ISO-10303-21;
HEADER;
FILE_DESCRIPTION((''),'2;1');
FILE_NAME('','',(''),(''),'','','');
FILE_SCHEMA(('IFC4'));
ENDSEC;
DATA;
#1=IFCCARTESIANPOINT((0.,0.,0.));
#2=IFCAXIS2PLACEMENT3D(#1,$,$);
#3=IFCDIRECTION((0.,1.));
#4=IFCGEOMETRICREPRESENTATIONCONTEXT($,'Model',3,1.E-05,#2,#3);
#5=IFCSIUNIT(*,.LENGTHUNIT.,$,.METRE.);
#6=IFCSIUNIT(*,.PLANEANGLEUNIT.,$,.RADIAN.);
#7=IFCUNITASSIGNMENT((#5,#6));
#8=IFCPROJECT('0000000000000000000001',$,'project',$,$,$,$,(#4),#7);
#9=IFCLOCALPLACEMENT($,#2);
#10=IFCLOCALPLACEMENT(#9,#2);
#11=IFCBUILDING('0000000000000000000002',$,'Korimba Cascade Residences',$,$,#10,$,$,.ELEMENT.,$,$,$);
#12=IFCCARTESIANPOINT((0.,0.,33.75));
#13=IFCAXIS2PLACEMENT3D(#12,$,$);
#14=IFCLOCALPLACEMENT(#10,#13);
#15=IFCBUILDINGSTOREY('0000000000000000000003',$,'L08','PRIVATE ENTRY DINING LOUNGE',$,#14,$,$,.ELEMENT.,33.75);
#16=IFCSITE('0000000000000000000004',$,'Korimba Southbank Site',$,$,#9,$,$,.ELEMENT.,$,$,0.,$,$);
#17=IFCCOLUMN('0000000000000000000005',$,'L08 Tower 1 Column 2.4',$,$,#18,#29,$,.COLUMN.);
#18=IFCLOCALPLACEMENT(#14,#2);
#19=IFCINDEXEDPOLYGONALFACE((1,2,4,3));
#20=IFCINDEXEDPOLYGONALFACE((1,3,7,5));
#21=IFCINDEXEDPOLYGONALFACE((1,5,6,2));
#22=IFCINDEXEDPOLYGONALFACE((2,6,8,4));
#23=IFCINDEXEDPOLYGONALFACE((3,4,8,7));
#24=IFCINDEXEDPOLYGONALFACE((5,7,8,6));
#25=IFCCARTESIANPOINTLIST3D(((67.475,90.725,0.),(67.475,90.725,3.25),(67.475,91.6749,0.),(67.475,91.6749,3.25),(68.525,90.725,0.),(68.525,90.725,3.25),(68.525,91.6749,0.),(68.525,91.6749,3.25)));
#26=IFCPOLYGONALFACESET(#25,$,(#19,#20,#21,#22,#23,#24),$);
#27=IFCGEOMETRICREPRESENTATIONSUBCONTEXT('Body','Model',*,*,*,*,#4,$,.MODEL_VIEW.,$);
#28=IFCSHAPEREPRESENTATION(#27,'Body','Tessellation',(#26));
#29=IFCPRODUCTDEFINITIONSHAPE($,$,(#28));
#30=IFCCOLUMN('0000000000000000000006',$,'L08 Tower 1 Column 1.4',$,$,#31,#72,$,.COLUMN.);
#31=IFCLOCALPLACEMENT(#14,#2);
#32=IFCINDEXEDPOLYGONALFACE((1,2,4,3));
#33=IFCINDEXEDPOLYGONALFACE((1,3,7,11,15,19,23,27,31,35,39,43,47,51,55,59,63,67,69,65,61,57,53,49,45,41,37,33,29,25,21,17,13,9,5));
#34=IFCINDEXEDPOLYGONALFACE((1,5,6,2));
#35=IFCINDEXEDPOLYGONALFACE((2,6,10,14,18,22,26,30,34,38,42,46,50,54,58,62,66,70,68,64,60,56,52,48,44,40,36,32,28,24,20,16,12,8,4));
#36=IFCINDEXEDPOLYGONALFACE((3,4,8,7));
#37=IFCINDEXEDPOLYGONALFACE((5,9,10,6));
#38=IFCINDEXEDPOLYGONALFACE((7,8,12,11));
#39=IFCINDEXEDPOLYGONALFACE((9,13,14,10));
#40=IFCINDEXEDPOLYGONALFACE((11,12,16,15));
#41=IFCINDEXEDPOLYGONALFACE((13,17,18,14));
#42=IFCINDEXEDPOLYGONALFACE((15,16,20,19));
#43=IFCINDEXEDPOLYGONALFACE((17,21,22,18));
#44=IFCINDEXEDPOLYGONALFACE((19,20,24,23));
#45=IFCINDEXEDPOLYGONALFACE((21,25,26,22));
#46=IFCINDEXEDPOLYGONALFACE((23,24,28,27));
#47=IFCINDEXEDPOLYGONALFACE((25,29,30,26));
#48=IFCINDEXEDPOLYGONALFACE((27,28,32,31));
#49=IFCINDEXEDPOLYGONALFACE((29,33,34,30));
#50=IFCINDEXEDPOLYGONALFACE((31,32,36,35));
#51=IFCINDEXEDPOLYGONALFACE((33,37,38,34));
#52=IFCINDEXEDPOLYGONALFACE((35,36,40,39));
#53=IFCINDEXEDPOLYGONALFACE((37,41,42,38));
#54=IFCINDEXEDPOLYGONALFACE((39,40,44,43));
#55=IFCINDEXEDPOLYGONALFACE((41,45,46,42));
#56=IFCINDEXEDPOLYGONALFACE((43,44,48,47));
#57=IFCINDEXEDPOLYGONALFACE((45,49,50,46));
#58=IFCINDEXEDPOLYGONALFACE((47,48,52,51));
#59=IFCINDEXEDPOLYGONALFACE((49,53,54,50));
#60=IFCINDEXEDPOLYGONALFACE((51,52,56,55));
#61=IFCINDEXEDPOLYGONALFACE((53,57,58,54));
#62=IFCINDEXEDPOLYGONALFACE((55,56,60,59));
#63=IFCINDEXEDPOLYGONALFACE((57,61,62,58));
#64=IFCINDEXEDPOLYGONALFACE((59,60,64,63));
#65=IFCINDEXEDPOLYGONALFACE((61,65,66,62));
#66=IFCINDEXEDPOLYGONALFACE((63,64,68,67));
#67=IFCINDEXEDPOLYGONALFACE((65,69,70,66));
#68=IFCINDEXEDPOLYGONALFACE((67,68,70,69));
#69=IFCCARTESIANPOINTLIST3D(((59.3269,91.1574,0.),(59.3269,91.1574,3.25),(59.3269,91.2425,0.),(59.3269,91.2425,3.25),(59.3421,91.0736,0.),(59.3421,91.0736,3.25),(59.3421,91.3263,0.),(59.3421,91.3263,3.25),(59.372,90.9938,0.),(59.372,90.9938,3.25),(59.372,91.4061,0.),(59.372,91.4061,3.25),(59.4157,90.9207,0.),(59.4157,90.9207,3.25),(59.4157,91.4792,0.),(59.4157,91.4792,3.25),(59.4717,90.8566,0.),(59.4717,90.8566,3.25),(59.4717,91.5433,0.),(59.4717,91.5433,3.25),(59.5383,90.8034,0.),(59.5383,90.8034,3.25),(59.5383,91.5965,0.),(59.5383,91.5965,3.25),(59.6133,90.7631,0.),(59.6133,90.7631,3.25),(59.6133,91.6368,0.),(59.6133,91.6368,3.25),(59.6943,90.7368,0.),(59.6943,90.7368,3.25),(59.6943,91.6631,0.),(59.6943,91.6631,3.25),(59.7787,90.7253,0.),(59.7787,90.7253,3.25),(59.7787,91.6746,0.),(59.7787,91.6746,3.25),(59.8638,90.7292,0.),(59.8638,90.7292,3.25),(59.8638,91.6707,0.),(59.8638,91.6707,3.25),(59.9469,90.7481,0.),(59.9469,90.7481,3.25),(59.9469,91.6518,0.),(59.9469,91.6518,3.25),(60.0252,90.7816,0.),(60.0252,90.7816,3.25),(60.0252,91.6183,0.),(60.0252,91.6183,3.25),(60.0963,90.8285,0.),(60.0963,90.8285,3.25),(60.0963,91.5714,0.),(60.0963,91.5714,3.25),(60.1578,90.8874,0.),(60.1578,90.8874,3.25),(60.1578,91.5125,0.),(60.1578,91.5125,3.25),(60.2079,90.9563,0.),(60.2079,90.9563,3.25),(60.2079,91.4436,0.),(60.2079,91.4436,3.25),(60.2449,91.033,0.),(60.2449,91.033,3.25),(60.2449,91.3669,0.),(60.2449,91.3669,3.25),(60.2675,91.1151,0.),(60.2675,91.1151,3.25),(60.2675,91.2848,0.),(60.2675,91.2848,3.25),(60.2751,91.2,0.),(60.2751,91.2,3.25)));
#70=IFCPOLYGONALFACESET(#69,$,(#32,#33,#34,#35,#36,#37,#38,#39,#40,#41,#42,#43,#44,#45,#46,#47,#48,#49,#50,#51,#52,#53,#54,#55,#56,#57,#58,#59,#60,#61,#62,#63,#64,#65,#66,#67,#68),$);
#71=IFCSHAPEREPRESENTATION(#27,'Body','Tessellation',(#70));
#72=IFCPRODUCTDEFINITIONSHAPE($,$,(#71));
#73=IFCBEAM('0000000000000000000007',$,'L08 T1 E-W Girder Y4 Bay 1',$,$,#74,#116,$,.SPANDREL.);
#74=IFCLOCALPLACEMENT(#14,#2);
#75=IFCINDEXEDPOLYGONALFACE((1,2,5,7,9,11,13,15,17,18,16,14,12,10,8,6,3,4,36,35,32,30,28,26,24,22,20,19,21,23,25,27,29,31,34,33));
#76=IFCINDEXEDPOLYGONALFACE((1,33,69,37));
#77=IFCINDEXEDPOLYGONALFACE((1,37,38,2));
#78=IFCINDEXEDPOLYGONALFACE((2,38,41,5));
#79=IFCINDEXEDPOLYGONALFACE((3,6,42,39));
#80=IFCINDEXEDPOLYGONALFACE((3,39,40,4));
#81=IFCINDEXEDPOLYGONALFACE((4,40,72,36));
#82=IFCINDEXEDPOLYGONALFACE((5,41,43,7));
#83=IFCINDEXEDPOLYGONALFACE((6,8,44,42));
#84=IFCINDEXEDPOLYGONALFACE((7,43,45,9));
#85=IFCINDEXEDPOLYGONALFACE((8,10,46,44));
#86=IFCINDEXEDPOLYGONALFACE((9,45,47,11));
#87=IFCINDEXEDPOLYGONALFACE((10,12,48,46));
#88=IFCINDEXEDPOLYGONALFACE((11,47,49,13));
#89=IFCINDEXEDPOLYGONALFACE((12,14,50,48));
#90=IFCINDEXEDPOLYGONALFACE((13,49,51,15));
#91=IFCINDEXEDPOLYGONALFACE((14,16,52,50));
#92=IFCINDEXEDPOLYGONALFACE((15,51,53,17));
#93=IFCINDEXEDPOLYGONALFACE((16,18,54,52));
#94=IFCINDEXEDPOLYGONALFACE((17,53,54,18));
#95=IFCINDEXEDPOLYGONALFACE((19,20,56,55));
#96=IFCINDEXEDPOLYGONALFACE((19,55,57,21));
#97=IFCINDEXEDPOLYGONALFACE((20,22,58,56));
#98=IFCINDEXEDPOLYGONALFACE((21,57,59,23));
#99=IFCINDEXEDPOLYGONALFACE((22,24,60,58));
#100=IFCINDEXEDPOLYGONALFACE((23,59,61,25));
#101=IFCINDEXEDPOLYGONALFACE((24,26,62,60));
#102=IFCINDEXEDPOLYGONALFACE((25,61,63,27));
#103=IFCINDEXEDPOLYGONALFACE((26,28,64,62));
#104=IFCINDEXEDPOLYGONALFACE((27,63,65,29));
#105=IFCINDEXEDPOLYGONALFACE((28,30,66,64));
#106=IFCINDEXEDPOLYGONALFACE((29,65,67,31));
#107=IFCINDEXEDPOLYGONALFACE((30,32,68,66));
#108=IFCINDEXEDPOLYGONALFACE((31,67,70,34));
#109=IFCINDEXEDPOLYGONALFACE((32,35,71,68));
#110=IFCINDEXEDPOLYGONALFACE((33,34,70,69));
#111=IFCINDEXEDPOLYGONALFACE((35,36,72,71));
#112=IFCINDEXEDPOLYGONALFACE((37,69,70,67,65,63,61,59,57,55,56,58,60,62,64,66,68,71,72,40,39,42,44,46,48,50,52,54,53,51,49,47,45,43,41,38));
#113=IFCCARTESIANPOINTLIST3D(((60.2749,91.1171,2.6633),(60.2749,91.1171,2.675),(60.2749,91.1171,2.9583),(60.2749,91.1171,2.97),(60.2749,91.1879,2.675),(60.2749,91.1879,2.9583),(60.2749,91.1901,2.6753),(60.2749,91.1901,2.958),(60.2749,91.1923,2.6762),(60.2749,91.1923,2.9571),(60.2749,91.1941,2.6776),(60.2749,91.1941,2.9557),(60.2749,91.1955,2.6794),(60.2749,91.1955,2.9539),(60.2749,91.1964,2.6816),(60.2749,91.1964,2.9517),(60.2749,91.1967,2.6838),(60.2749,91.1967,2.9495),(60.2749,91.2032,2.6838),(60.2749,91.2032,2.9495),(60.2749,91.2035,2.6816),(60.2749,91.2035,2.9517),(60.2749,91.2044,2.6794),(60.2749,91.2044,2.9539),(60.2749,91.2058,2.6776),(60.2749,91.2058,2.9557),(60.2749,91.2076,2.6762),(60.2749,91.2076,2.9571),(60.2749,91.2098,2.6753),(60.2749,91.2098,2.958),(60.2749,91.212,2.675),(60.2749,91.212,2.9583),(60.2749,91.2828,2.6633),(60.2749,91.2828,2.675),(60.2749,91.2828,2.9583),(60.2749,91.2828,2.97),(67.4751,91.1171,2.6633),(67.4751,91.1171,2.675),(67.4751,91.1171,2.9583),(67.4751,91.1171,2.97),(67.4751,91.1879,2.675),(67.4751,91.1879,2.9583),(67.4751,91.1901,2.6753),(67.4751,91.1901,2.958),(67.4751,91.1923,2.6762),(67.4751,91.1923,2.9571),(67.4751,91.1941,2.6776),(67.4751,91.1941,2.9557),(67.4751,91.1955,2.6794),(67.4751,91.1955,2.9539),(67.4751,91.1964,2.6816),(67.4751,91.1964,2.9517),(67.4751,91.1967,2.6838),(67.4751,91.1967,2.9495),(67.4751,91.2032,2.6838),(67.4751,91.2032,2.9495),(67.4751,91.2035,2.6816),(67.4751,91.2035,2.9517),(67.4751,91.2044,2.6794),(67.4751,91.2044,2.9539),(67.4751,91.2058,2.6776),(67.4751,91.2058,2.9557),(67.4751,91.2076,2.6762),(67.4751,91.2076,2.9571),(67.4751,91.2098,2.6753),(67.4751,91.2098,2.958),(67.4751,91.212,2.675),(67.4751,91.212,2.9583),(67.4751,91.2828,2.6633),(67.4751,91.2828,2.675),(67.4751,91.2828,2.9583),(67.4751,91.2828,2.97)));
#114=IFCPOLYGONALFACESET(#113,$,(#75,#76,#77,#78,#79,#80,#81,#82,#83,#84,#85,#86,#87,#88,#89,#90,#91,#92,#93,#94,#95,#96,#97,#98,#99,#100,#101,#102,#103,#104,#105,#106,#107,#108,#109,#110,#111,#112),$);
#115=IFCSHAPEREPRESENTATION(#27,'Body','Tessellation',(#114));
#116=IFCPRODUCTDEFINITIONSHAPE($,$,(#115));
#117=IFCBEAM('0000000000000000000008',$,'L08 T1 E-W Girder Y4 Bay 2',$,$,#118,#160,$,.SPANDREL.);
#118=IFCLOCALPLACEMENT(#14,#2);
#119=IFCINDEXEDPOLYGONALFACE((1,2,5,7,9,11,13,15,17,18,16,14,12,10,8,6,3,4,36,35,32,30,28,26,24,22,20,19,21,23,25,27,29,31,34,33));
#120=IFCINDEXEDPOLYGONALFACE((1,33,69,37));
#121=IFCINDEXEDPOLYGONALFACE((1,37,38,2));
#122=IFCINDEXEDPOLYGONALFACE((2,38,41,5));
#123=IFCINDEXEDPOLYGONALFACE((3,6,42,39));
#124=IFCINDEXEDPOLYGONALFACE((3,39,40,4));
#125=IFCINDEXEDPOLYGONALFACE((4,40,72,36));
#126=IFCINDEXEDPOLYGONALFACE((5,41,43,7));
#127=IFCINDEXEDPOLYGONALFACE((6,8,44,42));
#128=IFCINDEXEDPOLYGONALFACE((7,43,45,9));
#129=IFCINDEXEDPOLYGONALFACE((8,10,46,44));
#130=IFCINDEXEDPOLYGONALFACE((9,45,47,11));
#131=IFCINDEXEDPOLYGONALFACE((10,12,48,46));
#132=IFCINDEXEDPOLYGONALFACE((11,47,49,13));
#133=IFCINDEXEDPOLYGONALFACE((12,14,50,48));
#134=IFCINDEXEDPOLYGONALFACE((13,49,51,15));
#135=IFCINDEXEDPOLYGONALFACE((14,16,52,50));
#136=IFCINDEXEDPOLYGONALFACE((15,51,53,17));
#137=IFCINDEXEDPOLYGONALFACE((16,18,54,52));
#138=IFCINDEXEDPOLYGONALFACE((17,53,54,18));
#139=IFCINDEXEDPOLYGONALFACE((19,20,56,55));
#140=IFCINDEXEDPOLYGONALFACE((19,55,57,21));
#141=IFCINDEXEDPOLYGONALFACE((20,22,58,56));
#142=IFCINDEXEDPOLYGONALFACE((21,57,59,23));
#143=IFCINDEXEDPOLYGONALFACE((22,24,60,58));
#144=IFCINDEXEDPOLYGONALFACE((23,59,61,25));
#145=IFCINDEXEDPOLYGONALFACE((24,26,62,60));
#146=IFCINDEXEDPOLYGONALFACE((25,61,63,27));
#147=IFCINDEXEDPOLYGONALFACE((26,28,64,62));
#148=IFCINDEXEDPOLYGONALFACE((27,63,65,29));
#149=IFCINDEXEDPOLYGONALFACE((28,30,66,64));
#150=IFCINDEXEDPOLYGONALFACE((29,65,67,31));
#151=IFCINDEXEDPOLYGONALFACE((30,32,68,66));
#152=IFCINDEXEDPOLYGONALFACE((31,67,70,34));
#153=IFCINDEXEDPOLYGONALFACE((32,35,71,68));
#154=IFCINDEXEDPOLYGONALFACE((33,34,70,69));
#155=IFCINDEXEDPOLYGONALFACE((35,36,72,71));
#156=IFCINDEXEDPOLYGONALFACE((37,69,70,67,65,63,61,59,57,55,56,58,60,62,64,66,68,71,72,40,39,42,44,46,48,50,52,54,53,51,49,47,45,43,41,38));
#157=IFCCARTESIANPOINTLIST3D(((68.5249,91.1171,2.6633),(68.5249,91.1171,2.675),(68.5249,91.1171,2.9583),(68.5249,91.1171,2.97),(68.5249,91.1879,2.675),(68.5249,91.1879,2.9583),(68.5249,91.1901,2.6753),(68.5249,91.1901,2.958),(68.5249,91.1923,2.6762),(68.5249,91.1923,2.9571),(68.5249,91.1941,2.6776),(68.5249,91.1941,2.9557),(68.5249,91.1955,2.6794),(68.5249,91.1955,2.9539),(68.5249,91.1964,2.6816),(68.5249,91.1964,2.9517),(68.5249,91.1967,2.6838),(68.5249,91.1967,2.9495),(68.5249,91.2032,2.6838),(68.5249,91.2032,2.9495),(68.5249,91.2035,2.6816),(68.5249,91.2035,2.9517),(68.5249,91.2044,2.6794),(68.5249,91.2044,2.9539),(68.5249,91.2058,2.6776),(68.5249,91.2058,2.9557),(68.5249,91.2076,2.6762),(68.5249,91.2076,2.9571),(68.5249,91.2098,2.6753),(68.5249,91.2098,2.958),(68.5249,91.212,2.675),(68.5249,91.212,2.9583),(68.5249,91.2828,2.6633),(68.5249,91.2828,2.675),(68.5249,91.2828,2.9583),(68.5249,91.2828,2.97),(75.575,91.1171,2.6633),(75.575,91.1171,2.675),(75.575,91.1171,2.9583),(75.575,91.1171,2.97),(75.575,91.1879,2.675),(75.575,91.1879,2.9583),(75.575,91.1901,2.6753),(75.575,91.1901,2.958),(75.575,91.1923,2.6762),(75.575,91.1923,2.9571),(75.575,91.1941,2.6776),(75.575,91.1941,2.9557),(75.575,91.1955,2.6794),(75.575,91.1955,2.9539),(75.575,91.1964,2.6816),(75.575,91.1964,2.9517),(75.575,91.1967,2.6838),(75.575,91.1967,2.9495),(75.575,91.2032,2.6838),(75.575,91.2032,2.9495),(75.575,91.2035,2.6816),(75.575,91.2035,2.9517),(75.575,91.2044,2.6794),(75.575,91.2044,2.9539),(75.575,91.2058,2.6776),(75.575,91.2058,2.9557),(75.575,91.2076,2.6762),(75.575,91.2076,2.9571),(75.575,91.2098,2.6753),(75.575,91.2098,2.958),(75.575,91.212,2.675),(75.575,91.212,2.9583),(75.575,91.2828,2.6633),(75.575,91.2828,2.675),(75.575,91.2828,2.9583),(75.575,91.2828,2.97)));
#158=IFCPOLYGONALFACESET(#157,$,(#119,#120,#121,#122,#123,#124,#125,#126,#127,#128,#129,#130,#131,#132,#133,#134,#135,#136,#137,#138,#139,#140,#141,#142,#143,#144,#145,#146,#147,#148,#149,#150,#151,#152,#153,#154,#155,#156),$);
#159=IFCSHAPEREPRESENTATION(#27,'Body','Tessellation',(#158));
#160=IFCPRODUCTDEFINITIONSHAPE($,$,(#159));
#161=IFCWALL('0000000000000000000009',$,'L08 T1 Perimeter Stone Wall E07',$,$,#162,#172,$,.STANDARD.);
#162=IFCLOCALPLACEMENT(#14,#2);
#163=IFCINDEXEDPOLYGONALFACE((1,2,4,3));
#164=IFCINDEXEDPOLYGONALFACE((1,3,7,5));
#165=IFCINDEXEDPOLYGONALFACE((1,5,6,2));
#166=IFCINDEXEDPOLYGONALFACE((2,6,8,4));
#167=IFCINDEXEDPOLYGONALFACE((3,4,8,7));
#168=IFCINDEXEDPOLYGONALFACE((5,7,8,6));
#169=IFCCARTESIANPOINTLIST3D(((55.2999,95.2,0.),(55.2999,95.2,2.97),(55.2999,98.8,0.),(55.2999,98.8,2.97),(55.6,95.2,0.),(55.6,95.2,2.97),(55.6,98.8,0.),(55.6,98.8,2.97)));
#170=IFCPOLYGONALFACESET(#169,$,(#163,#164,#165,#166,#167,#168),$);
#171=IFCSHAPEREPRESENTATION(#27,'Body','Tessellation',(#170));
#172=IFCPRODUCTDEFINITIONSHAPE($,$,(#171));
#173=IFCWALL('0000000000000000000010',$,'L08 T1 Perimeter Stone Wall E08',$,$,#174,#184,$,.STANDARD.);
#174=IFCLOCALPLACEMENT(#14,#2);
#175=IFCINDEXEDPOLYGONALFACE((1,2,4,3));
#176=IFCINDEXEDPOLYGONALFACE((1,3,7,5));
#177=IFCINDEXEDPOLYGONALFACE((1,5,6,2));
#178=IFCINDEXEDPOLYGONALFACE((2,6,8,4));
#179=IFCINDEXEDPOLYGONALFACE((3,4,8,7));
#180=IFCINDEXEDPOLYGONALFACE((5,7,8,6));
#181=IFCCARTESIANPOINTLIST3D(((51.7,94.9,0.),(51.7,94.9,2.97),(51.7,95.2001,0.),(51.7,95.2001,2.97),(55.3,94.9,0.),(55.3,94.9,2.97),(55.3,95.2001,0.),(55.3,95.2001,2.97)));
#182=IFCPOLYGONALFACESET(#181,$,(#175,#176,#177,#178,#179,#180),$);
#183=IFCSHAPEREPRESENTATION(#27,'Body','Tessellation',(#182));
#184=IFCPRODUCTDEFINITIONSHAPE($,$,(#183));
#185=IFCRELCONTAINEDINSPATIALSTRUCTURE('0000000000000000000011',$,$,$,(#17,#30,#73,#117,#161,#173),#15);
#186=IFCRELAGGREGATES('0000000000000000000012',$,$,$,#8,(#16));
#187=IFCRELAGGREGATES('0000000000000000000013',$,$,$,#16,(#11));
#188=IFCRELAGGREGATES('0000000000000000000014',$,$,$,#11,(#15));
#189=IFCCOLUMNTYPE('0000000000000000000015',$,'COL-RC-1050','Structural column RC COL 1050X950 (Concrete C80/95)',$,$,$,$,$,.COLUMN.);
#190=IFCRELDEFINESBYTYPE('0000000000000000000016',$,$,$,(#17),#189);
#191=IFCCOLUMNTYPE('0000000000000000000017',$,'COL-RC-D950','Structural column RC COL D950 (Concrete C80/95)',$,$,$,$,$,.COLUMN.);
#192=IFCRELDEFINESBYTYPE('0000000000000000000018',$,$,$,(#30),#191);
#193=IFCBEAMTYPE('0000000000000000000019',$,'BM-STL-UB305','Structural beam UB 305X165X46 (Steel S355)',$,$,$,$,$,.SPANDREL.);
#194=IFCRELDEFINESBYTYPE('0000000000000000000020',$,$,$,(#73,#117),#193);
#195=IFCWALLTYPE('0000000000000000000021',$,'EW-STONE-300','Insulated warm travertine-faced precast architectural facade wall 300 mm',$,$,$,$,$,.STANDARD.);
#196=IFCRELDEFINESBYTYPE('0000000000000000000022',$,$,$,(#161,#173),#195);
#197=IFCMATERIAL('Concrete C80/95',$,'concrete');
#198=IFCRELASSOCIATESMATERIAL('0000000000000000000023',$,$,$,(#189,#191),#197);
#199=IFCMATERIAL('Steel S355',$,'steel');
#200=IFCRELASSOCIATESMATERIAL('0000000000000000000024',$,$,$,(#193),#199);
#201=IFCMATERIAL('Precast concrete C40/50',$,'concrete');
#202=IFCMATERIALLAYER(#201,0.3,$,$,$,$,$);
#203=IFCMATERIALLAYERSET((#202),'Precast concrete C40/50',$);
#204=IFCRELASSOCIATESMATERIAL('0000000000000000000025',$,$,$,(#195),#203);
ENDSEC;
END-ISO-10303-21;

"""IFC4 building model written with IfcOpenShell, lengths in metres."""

from ifc_helpers import new_model, si_unit, direction, frame, frame_2d, origin, origin_2d, place, context, subcontext, project, spatial, rectangle, circle, i_section, extrude, material, layer, layer_set, material_profile, profile_set, type_object, element, save


model = new_model("IFC4")

# Units and contexts
model_context = context("Model", 3, precision=1e-05, world=origin(), true_north=direction((0.0, 1.0)))
body_context = subcontext(model_context, "Body", "Model", "MODEL_VIEW")
ifc_project = project(units=[si_unit("LENGTHUNIT", "METRE"), si_unit("PLANEANGLEUNIT", "RADIAN")], contexts=[model_context])

# Site, building, storey
site_placement = place(None, origin())
site = spatial("IfcSite", under=ifc_project, at=site_placement, Name="Korimba Southbank Site", CompositionType="ELEMENT", RefElevation=0.0)
building_placement = place(site_placement, origin())
building = spatial("IfcBuilding", under=site, at=building_placement, Name="Korimba Cascade Residences", CompositionType="ELEMENT")
storey_placement = place(building_placement, frame((0.0, 0.0, 33.75)))
storey = spatial("IfcBuildingStorey", under=building, at=storey_placement, Name="L08", Description="PRIVATE ENTRY DINING LOUNGE", CompositionType="ELEMENT", Elevation=33.75)

# Columns
ifc_material_1 = material(Name="Concrete C80/95", Category="concrete")
ifc_material_profile_1 = material_profile(ifc_material_1, rectangle(XDim=1.05, YDim=0.95, at=origin_2d()), Name="Concrete C80/95")
ifc_profile_set_1 = profile_set([ifc_material_profile_1], Name="Concrete C80/95")
column_type_1 = type_object("IfcColumnType", Name="COL-RC-1050", Description="Structural column RC COL 1050X950 (Concrete C80/95)", PredefinedType="COLUMN", material=ifc_profile_set_1)
column_1_placement = place(storey_placement, frame((68.0, 91.2, 0.0), z_axis=(0.0, 0.0, 1.0), x_axis=(1.0, 0.0, 0.0)))
element("IfcColumn", 1, at=column_1_placement, inside=storey, type_object=column_type_1, Name="L08 Tower 1 Column 2.4", PredefinedType="COLUMN", context=body_context, shape_type="SweptSolid", body=[
    extrude(rectangle(XDim=1.05, YDim=0.95, at=origin_2d()), origin(), (0.0, 0.0, 1.0), 3.25),
])
ifc_material_profile_2 = material_profile(ifc_material_1, circle(Radius=0.4751, at=origin_2d()), Name="Concrete C80/95")
ifc_profile_set_2 = profile_set([ifc_material_profile_2], Name="Concrete C80/95")
column_type_2 = type_object("IfcColumnType", Name="COL-RC-D950", Description="Structural column RC COL D950 (Concrete C80/95)", PredefinedType="COLUMN", material=ifc_profile_set_2)
column_2_placement = place(storey_placement, frame((59.8, 91.2, 0.0), z_axis=(0.0, 0.0, 1.0), x_axis=(1.0, 0.0, 0.0)))
element("IfcColumn", 2, at=column_2_placement, inside=storey, type_object=column_type_2, Name="L08 Tower 1 Column 1.4", PredefinedType="COLUMN", context=body_context, shape_type="SweptSolid", body=[
    extrude(circle(Radius=0.4751, at=origin_2d()), origin(), (0.0, 0.0, 1.0), 3.25),
])

# Beams
ifc_material_2 = material(Name="Steel S355", Category="steel")
ifc_material_profile_3 = material_profile(ifc_material_2, i_section(OverallWidth=0.1658, OverallDepth=0.3066, WebThickness=0.0066, FlangeThickness=0.0117, FilletRadius=0.0088, at=origin_2d()), Name="Steel S355")
ifc_profile_set_3 = profile_set([ifc_material_profile_3], Name="Steel S355")
beam_type = type_object("IfcBeamType", Name="BM-STL-UB305", Description="Structural beam UB 305X165X46 (Steel S355)", PredefinedType="SPANDREL", material=ifc_profile_set_3)
beam_1_placement = place(storey_placement, frame((60.2749, 91.2, 2.8167), z_axis=(1.0, 0.0, 0.0), x_axis=(0.0, 1.0, 0.0)))
element("IfcBeam", 3, at=beam_1_placement, inside=storey, type_object=beam_type, Name="L08 T1 E-W Girder Y4 Bay 1", PredefinedType="SPANDREL", context=body_context, shape_type="SweptSolid", body=[
    extrude(i_section(OverallWidth=0.1658, OverallDepth=0.3066, WebThickness=0.0066, FlangeThickness=0.0117, FilletRadius=0.0088, at=origin_2d()), origin(), (0.0, 0.0, 1.0), 7.2002),
])
beam_2_placement = place(storey_placement, frame((68.5249, 91.2, 2.8167), z_axis=(1.0, 0.0, 0.0), x_axis=(0.0, 1.0, 0.0)))
element("IfcBeam", 4, at=beam_2_placement, inside=storey, type_object=beam_type, Name="L08 T1 E-W Girder Y4 Bay 2", PredefinedType="SPANDREL", context=body_context, shape_type="SweptSolid", body=[
    extrude(i_section(OverallWidth=0.1658, OverallDepth=0.3066, WebThickness=0.0066, FlangeThickness=0.0117, FilletRadius=0.0088, at=origin_2d()), origin(), (0.0, 0.0, 1.0), 7.05),
])

# Walls
ifc_material_3 = material(Name="Precast concrete C40/50", Category="concrete")
ifc_layer_1 = layer(ifc_material_3, 0.3)
ifc_layer_set_1 = layer_set([ifc_layer_1], Name="Precast concrete C40/50")
wall_type_1 = type_object("IfcWallType", Name="EW-STONE-300", Description="Insulated warm travertine-faced precast architectural facade wall 300 mm", PredefinedType="STANDARD", material=ifc_layer_set_1)
for number, where, z_axis, x_axis, name in (
    (5, (55.45, 98.8, 0.0), (0.0, 0.0, 1.0), (0.0, -1.0, 0.0), "L08 T1 Perimeter Stone Wall E07"),
    (6, (55.3, 95.05, 0.0), (0.0, 0.0, 1.0), (-1.0, 0.0, 0.0), "L08 T1 Perimeter Stone Wall E08"),
):
    element("IfcWall", number, at=place(storey_placement, frame(where, z_axis=z_axis, x_axis=x_axis)), inside=storey, type_object=wall_type_1, Name=name, PredefinedType="STANDARD", context=body_context, shape_type="SweptSolid", body=[
        extrude(rectangle(XDim=3.6001, YDim=0.3, at=frame_2d((1.8, 0.0))), origin(), (0.0, 0.0, 1.0), 2.97),
    ])

save(model, "model.ifc")
